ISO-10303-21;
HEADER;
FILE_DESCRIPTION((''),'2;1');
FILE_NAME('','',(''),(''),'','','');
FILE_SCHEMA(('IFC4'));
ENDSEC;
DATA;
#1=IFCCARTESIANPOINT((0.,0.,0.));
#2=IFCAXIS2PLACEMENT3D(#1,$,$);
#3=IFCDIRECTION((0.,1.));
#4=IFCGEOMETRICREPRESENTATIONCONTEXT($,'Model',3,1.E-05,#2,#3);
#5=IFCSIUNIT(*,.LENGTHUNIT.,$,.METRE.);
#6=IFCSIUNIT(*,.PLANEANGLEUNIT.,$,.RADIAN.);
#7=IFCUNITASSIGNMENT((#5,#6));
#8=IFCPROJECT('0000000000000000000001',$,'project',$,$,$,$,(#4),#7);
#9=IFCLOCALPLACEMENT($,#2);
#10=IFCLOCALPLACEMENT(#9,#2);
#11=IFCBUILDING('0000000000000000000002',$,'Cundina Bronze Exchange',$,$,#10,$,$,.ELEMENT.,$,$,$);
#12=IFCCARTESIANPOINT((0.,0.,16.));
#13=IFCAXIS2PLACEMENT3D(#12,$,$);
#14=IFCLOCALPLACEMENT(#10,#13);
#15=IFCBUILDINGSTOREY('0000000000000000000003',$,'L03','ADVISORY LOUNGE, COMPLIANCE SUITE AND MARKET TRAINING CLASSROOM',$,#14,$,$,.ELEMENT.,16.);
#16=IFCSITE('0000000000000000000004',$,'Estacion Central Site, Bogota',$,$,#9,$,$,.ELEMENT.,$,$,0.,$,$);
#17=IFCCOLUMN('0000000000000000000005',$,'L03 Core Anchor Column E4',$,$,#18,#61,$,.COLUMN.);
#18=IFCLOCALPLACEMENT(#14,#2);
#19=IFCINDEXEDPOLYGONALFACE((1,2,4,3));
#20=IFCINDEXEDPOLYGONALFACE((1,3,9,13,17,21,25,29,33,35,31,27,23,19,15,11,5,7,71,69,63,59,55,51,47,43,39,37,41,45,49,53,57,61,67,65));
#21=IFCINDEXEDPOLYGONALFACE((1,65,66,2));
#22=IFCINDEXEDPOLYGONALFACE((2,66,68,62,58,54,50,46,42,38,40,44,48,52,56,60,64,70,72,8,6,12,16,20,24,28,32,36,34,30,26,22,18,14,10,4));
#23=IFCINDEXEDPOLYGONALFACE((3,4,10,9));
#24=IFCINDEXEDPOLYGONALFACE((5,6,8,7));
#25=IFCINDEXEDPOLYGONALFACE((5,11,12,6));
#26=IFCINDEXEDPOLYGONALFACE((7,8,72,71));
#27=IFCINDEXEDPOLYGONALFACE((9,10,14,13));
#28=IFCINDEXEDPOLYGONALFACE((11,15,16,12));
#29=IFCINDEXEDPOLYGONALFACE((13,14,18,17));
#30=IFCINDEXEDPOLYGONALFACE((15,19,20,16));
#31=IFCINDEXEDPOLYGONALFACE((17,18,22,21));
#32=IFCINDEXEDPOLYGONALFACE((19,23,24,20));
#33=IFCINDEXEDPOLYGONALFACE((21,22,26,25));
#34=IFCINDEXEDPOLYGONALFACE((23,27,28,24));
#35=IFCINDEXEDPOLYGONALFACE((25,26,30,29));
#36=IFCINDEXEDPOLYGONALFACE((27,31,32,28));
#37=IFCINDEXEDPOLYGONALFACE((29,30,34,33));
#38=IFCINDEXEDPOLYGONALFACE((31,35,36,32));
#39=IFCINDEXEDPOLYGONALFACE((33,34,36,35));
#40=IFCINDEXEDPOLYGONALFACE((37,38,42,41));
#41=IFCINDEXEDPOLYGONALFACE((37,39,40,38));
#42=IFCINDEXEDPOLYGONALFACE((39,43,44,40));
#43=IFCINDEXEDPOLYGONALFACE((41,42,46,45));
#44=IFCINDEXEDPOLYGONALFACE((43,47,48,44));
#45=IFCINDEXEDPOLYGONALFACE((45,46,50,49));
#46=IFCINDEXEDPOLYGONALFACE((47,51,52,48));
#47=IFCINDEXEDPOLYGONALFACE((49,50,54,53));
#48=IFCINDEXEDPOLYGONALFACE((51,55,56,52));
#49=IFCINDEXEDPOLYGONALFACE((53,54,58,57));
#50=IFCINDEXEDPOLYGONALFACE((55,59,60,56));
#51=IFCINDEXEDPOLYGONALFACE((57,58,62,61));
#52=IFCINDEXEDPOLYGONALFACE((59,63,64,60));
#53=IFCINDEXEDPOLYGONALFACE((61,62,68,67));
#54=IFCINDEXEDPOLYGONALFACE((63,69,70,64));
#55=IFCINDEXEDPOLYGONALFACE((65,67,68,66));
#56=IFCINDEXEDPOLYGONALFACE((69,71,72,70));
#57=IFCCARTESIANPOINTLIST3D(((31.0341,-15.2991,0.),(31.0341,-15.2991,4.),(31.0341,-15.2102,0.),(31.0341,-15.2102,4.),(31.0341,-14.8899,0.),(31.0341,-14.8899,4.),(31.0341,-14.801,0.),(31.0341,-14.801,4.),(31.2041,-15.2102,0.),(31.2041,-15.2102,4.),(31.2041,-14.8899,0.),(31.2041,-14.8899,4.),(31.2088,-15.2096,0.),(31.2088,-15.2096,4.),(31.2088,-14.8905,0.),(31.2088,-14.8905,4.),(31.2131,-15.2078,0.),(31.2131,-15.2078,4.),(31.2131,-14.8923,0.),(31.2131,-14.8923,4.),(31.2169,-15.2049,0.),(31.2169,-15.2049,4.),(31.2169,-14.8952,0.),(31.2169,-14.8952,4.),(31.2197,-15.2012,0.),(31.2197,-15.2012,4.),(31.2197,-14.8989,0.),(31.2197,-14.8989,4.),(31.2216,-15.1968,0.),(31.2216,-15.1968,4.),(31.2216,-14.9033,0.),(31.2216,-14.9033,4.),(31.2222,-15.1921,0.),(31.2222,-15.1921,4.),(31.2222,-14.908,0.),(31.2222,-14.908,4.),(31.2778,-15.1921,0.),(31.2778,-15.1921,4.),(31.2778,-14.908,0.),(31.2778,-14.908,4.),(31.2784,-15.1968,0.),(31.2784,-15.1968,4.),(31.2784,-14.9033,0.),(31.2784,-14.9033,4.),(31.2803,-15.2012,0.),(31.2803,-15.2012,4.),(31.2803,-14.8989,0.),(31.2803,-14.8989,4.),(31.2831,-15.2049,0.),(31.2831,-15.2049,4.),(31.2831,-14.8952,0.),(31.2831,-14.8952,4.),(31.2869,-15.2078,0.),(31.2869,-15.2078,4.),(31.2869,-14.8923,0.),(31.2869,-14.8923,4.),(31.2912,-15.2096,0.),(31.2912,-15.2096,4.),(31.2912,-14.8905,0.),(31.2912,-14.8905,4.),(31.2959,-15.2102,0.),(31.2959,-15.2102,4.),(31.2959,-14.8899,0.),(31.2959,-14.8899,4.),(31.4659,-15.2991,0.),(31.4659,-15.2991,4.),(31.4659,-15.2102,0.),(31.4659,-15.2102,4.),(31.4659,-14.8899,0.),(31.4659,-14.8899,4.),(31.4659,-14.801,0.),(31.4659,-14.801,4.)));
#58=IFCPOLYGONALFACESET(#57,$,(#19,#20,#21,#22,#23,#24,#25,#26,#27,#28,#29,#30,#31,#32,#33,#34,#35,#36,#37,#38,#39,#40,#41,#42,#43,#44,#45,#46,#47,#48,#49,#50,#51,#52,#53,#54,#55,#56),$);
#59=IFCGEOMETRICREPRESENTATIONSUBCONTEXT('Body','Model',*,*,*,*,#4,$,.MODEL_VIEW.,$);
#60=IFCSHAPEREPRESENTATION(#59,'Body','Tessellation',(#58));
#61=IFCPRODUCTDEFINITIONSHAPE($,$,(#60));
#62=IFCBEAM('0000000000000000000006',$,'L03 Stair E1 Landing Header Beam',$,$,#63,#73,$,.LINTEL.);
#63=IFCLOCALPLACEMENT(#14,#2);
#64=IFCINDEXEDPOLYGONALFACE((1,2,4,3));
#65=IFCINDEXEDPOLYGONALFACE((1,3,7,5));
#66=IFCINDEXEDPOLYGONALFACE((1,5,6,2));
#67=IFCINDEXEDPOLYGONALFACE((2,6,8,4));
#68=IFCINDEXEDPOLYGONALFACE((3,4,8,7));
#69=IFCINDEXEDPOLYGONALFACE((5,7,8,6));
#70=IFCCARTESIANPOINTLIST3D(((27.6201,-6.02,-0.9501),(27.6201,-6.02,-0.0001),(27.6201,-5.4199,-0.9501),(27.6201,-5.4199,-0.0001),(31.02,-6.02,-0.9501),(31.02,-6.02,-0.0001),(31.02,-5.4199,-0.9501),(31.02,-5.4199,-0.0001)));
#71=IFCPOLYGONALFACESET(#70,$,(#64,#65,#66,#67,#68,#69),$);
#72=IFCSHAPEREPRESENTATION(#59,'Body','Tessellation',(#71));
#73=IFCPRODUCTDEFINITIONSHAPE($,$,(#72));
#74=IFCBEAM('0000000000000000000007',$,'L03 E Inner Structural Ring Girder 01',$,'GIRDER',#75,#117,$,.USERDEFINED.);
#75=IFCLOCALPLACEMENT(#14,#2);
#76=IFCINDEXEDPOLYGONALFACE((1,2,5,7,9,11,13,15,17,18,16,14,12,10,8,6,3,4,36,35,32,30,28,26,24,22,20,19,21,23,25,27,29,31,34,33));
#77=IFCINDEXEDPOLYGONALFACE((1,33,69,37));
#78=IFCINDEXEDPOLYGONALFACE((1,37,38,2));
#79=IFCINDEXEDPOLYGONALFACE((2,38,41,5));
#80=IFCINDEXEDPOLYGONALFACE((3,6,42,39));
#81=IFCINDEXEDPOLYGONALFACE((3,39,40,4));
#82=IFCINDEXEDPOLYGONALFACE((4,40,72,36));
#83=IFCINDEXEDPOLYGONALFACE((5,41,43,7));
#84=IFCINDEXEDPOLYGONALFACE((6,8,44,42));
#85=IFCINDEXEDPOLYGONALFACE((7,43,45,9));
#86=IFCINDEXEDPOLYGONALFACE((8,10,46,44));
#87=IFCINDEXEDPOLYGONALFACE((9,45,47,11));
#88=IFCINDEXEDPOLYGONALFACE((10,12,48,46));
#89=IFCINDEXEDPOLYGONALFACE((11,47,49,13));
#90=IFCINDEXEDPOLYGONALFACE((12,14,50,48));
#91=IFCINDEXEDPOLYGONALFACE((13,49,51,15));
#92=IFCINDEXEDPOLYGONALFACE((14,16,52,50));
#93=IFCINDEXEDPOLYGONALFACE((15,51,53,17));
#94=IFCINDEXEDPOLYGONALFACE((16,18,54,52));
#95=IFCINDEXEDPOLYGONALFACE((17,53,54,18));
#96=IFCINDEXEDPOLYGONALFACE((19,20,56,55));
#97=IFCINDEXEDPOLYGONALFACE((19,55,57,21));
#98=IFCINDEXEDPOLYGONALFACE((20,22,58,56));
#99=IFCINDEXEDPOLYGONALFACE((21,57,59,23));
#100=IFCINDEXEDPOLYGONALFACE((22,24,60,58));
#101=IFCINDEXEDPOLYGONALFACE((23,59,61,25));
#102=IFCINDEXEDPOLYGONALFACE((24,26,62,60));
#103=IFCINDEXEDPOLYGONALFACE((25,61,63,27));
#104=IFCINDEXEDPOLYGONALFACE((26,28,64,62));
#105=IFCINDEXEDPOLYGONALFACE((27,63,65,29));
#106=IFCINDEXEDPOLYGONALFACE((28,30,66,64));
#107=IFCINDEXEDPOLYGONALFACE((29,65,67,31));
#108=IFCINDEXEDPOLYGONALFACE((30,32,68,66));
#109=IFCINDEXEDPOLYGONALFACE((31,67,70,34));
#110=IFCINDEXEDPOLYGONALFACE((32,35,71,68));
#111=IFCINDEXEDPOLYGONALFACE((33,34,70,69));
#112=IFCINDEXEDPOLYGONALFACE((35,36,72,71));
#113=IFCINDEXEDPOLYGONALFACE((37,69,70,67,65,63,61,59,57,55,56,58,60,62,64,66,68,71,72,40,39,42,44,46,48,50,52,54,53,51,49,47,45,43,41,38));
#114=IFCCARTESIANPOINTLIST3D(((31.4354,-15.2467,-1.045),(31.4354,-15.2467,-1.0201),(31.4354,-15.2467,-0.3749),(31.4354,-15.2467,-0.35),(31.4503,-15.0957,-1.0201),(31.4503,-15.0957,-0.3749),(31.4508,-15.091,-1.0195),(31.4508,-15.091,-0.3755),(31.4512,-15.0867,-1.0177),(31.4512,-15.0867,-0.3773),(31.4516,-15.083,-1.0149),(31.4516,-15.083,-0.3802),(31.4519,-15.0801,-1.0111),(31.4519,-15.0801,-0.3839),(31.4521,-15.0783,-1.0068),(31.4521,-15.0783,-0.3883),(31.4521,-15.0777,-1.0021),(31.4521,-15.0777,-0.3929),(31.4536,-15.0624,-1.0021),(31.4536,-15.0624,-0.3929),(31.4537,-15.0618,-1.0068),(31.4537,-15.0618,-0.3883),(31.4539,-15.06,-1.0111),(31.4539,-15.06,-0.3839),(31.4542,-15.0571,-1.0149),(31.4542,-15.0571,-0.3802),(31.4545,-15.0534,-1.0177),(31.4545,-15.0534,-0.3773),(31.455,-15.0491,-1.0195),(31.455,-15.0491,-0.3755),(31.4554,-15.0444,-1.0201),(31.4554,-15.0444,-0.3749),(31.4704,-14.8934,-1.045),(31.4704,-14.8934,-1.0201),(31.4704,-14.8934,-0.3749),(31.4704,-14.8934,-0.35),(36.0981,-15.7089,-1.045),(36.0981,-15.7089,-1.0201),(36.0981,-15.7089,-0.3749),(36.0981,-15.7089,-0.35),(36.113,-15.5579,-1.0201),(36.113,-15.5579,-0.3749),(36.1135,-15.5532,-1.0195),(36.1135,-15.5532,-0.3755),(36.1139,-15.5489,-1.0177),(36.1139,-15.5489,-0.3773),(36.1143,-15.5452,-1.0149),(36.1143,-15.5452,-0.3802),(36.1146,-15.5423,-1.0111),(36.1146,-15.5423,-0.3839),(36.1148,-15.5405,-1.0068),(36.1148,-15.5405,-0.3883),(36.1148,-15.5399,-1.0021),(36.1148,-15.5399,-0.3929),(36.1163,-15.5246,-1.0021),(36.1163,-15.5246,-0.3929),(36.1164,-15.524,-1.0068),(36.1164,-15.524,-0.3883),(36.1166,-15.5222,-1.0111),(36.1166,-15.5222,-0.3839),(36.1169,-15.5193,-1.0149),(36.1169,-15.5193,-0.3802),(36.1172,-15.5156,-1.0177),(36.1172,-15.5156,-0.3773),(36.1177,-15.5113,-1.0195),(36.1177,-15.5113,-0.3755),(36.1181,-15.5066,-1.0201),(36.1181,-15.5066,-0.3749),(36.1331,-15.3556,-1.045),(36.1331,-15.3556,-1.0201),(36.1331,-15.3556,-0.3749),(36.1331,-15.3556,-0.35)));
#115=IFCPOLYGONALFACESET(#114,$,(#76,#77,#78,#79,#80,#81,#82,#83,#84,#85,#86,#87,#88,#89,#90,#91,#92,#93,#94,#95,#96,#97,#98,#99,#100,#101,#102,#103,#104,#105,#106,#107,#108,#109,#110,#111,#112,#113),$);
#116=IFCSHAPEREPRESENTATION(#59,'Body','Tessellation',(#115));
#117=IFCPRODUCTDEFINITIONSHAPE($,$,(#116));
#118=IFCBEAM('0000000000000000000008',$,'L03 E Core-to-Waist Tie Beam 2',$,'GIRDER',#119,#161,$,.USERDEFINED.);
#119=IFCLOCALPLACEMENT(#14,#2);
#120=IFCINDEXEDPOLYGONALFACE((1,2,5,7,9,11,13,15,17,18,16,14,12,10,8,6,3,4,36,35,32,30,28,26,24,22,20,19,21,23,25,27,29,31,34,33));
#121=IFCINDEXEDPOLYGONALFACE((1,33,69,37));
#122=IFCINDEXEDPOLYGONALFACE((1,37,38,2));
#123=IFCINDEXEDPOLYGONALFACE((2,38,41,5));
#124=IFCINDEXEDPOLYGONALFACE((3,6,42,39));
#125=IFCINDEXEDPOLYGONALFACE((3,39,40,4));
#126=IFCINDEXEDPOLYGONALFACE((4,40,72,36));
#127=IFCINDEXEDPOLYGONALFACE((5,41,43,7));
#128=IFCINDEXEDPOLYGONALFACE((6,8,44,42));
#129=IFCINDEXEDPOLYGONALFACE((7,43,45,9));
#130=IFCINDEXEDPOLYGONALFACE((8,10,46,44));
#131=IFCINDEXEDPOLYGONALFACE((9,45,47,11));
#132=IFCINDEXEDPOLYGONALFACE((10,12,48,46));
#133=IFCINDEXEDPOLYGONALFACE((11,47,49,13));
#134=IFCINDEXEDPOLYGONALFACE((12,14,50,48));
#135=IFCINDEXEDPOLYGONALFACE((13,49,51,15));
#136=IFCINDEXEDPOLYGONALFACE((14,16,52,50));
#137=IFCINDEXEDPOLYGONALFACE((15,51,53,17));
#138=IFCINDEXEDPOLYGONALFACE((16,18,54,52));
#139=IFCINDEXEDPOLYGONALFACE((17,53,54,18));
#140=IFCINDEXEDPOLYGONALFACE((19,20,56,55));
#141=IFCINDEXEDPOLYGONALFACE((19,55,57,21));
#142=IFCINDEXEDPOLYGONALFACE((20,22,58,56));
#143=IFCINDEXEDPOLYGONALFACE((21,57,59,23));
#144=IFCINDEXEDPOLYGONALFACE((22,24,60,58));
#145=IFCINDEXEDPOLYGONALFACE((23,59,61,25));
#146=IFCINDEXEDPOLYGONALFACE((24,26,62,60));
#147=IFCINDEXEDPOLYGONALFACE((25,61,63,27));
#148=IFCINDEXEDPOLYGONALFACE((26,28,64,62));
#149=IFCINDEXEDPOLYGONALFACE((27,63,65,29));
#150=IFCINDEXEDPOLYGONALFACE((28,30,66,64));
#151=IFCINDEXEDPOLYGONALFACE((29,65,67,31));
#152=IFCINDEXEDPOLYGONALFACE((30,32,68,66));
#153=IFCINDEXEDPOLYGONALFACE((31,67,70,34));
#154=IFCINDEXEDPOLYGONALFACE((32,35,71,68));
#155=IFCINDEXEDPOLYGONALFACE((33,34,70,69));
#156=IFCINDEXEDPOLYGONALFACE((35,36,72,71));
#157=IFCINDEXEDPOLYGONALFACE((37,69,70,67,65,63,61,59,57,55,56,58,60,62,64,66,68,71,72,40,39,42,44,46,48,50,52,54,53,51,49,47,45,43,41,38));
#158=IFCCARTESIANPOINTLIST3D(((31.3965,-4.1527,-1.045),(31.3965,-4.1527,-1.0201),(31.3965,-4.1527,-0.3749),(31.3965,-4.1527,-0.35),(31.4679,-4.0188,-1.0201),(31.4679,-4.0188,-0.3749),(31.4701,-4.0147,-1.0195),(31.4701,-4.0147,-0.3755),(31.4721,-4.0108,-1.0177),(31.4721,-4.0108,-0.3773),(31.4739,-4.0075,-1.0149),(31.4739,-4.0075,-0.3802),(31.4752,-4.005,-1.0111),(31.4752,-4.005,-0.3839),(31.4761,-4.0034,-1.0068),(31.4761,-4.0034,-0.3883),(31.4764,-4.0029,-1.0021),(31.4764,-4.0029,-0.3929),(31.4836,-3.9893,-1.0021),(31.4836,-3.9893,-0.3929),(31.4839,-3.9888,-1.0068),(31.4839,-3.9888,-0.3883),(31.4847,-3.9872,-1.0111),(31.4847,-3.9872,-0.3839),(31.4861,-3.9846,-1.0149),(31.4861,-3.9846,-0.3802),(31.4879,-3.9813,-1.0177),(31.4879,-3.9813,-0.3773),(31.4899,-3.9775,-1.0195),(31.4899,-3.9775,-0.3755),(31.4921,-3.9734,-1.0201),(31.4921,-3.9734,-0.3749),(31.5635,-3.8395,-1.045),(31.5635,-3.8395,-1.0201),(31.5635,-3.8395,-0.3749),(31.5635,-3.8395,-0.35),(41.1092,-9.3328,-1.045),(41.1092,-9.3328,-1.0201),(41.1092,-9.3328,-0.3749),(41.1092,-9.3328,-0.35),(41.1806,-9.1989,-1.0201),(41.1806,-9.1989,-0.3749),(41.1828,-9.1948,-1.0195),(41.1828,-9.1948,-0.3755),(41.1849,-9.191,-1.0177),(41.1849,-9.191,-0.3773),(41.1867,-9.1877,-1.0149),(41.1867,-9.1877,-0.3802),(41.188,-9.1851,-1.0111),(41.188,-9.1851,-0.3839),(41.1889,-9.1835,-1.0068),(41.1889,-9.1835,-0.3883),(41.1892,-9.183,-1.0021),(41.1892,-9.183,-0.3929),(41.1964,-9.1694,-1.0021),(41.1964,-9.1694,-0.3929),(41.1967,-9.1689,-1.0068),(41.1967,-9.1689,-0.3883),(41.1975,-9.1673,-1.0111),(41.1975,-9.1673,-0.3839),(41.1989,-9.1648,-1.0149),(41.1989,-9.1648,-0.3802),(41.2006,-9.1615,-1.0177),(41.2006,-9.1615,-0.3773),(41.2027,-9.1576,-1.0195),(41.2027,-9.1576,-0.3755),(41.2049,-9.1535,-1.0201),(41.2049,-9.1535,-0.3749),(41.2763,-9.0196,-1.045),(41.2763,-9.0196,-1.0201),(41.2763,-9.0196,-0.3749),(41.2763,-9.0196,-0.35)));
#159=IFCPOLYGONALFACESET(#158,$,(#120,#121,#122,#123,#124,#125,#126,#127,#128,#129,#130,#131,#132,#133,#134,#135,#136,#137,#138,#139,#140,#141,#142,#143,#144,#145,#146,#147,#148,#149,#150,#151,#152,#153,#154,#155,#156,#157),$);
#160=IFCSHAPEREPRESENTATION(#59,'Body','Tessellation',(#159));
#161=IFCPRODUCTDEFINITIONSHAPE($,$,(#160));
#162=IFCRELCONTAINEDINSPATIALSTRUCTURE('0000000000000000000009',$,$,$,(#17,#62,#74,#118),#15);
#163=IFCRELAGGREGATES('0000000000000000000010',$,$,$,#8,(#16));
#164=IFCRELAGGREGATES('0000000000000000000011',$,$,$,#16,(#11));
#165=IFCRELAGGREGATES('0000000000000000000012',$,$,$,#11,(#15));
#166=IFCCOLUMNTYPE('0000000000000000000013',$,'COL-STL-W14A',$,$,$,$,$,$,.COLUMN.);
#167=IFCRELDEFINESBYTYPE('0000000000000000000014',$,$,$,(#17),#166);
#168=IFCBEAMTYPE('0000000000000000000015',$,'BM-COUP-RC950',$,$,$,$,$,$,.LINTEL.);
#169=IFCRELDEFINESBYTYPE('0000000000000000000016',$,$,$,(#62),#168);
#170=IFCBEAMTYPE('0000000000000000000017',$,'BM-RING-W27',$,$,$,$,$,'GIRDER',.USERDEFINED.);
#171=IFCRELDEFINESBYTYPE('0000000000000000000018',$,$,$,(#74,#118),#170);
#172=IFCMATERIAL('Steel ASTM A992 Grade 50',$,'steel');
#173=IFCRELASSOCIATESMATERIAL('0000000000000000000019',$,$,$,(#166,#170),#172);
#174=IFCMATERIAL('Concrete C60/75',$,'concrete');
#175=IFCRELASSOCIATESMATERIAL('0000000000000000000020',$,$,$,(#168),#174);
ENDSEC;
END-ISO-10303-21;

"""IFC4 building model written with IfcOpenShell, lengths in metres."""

from ifc_helpers import new_model, si_unit, direction, frame, origin, origin_2d, place, context, subcontext, project, spatial, rectangle, i_section, extrude, material, material_profile, profile_set, type_object, element, save


model = new_model("IFC4")

# Units and contexts
model_context = context("Model", 3, precision=1e-05, world=origin(), true_north=direction((0.0, 1.0)))
body_context = subcontext(model_context, "Body", "Model", "MODEL_VIEW")
ifc_project = project(units=[si_unit("LENGTHUNIT", "METRE"), si_unit("PLANEANGLEUNIT", "RADIAN")], contexts=[model_context])

# Site, building, storey
site_placement = place(None, origin())
site = spatial("IfcSite", under=ifc_project, at=site_placement, Name="Estacion Central Site, Bogota", CompositionType="ELEMENT", RefElevation=0.0)
building_placement = place(site_placement, origin())
building = spatial("IfcBuilding", under=site, at=building_placement, Name="Cundina Bronze Exchange", CompositionType="ELEMENT")
storey_placement = place(building_placement, frame((0.0, 0.0, 16.0)))
storey = spatial("IfcBuildingStorey", under=building, at=storey_placement, Name="L03", Description="ADVISORY LOUNGE, COMPLIANCE SUITE AND MARKET TRAINING CLASSROOM", CompositionType="ELEMENT", Elevation=16.0)

# Column
ifc_material_1 = material(Name="Steel ASTM A992 Grade 50", Category="steel")
ifc_material_profile_1 = material_profile(ifc_material_1, i_section(OverallWidth=0.4319, OverallDepth=0.498, WebThickness=0.0557, FlangeThickness=0.0889, FilletRadius=0.0181, at=origin_2d()), Name="W14X500", Category="steel")
ifc_profile_set_1 = profile_set([ifc_material_profile_1], Name="Steel ASTM A992 Grade 50")
column_type = type_object("IfcColumnType", Name="COL-STL-W14A", PredefinedType="COLUMN", material=ifc_profile_set_1)
column_placement = place(storey_placement, frame((31.25, -15.05, 0.0), z_axis=(0.0, 0.0, 1.0), x_axis=(1.0, 0.0, 0.0)))
element("IfcColumn", 1, at=column_placement, inside=storey, type_object=column_type, Name="L03 Core Anchor Column E4", PredefinedType="COLUMN", context=body_context, shape_type="SweptSolid", body=[
    extrude(i_section(OverallWidth=0.4319, OverallDepth=0.498, WebThickness=0.0557, FlangeThickness=0.0889, FilletRadius=0.0181, at=origin_2d()), origin(), (0.0, 0.0, 1.0), 4.0),
])

# Beams
ifc_material_2 = material(Name="Concrete C60/75", Category="concrete")
ifc_material_profile_2 = material_profile(ifc_material_2, rectangle(XDim=0.6001, YDim=0.95, at=origin_2d()), Name="RC600X950", Category="concrete")
ifc_profile_set_2 = profile_set([ifc_material_profile_2], Name="Concrete C60/75")
beam_type_1 = type_object("IfcBeamType", Name="BM-COUP-RC950", PredefinedType="LINTEL", material=ifc_profile_set_2)
beam_1_placement = place(storey_placement, frame((27.6201, -5.72, -0.4751), z_axis=(1.0, 0.0, 0.0), x_axis=(0.0, 1.0, 0.0)))
element("IfcBeam", 2, at=beam_1_placement, inside=storey, type_object=beam_type_1, Name="L03 Stair E1 Landing Header Beam", PredefinedType="LINTEL", context=body_context, shape_type="SweptSolid", body=[
    extrude(rectangle(XDim=0.6001, YDim=0.95, at=origin_2d()), origin(), (0.0, 0.0, 1.0), 3.3999),
])
ifc_material_profile_3 = material_profile(ifc_material_1, i_section(OverallWidth=0.355, OverallDepth=0.6951, WebThickness=0.0154, FlangeThickness=0.0249, FilletRadius=0.0181, at=origin_2d()), Name="W27X146", Category="steel")
ifc_profile_set_3 = profile_set([ifc_material_profile_3], Name="Steel ASTM A992 Grade 50")
beam_type_2 = type_object("IfcBeamType", Name="BM-RING-W27", ElementType="GIRDER", PredefinedType="USERDEFINED", material=ifc_profile_set_3)
beam_2_placement = place(storey_placement, frame((31.4529, -15.0701, -0.6975), z_axis=(0.995123, -0.098637, 0.0), x_axis=(0.098637, 0.995123, 0.0)))
element("IfcBeam", 3, at=beam_2_placement, inside=storey, type_object=beam_type_2, Name="L03 E Inner Structural Ring Girder 01", ObjectType="GIRDER", PredefinedType="USERDEFINED", context=body_context, shape_type="SweptSolid", body=[
    extrude(i_section(OverallWidth=0.355, OverallDepth=0.6951, WebThickness=0.0154, FlangeThickness=0.0249, FilletRadius=0.0181, at=origin_2d()), origin(), (0.0, 0.0, 1.0), 4.6855),
])
beam_3_placement = place(storey_placement, frame((31.48, -3.9961, -0.6975), z_axis=(0.882354, -0.470586, 0.0), x_axis=(0.470586, 0.882354, 0.0)))
element("IfcBeam", 4, at=beam_3_placement, inside=storey, type_object=beam_type_2, Name="L03 E Core-to-Waist Tie Beam 2", ObjectType="GIRDER", PredefinedType="USERDEFINED", context=body_context, shape_type="SweptSolid", body=[
    extrude(i_section(OverallWidth=0.355, OverallDepth=0.6951, WebThickness=0.0154, FlangeThickness=0.0249, FilletRadius=0.0181, at=origin_2d()), origin(), (0.0, 0.0, 1.0), 11.0078),
])

save(model, "model.ifc")
